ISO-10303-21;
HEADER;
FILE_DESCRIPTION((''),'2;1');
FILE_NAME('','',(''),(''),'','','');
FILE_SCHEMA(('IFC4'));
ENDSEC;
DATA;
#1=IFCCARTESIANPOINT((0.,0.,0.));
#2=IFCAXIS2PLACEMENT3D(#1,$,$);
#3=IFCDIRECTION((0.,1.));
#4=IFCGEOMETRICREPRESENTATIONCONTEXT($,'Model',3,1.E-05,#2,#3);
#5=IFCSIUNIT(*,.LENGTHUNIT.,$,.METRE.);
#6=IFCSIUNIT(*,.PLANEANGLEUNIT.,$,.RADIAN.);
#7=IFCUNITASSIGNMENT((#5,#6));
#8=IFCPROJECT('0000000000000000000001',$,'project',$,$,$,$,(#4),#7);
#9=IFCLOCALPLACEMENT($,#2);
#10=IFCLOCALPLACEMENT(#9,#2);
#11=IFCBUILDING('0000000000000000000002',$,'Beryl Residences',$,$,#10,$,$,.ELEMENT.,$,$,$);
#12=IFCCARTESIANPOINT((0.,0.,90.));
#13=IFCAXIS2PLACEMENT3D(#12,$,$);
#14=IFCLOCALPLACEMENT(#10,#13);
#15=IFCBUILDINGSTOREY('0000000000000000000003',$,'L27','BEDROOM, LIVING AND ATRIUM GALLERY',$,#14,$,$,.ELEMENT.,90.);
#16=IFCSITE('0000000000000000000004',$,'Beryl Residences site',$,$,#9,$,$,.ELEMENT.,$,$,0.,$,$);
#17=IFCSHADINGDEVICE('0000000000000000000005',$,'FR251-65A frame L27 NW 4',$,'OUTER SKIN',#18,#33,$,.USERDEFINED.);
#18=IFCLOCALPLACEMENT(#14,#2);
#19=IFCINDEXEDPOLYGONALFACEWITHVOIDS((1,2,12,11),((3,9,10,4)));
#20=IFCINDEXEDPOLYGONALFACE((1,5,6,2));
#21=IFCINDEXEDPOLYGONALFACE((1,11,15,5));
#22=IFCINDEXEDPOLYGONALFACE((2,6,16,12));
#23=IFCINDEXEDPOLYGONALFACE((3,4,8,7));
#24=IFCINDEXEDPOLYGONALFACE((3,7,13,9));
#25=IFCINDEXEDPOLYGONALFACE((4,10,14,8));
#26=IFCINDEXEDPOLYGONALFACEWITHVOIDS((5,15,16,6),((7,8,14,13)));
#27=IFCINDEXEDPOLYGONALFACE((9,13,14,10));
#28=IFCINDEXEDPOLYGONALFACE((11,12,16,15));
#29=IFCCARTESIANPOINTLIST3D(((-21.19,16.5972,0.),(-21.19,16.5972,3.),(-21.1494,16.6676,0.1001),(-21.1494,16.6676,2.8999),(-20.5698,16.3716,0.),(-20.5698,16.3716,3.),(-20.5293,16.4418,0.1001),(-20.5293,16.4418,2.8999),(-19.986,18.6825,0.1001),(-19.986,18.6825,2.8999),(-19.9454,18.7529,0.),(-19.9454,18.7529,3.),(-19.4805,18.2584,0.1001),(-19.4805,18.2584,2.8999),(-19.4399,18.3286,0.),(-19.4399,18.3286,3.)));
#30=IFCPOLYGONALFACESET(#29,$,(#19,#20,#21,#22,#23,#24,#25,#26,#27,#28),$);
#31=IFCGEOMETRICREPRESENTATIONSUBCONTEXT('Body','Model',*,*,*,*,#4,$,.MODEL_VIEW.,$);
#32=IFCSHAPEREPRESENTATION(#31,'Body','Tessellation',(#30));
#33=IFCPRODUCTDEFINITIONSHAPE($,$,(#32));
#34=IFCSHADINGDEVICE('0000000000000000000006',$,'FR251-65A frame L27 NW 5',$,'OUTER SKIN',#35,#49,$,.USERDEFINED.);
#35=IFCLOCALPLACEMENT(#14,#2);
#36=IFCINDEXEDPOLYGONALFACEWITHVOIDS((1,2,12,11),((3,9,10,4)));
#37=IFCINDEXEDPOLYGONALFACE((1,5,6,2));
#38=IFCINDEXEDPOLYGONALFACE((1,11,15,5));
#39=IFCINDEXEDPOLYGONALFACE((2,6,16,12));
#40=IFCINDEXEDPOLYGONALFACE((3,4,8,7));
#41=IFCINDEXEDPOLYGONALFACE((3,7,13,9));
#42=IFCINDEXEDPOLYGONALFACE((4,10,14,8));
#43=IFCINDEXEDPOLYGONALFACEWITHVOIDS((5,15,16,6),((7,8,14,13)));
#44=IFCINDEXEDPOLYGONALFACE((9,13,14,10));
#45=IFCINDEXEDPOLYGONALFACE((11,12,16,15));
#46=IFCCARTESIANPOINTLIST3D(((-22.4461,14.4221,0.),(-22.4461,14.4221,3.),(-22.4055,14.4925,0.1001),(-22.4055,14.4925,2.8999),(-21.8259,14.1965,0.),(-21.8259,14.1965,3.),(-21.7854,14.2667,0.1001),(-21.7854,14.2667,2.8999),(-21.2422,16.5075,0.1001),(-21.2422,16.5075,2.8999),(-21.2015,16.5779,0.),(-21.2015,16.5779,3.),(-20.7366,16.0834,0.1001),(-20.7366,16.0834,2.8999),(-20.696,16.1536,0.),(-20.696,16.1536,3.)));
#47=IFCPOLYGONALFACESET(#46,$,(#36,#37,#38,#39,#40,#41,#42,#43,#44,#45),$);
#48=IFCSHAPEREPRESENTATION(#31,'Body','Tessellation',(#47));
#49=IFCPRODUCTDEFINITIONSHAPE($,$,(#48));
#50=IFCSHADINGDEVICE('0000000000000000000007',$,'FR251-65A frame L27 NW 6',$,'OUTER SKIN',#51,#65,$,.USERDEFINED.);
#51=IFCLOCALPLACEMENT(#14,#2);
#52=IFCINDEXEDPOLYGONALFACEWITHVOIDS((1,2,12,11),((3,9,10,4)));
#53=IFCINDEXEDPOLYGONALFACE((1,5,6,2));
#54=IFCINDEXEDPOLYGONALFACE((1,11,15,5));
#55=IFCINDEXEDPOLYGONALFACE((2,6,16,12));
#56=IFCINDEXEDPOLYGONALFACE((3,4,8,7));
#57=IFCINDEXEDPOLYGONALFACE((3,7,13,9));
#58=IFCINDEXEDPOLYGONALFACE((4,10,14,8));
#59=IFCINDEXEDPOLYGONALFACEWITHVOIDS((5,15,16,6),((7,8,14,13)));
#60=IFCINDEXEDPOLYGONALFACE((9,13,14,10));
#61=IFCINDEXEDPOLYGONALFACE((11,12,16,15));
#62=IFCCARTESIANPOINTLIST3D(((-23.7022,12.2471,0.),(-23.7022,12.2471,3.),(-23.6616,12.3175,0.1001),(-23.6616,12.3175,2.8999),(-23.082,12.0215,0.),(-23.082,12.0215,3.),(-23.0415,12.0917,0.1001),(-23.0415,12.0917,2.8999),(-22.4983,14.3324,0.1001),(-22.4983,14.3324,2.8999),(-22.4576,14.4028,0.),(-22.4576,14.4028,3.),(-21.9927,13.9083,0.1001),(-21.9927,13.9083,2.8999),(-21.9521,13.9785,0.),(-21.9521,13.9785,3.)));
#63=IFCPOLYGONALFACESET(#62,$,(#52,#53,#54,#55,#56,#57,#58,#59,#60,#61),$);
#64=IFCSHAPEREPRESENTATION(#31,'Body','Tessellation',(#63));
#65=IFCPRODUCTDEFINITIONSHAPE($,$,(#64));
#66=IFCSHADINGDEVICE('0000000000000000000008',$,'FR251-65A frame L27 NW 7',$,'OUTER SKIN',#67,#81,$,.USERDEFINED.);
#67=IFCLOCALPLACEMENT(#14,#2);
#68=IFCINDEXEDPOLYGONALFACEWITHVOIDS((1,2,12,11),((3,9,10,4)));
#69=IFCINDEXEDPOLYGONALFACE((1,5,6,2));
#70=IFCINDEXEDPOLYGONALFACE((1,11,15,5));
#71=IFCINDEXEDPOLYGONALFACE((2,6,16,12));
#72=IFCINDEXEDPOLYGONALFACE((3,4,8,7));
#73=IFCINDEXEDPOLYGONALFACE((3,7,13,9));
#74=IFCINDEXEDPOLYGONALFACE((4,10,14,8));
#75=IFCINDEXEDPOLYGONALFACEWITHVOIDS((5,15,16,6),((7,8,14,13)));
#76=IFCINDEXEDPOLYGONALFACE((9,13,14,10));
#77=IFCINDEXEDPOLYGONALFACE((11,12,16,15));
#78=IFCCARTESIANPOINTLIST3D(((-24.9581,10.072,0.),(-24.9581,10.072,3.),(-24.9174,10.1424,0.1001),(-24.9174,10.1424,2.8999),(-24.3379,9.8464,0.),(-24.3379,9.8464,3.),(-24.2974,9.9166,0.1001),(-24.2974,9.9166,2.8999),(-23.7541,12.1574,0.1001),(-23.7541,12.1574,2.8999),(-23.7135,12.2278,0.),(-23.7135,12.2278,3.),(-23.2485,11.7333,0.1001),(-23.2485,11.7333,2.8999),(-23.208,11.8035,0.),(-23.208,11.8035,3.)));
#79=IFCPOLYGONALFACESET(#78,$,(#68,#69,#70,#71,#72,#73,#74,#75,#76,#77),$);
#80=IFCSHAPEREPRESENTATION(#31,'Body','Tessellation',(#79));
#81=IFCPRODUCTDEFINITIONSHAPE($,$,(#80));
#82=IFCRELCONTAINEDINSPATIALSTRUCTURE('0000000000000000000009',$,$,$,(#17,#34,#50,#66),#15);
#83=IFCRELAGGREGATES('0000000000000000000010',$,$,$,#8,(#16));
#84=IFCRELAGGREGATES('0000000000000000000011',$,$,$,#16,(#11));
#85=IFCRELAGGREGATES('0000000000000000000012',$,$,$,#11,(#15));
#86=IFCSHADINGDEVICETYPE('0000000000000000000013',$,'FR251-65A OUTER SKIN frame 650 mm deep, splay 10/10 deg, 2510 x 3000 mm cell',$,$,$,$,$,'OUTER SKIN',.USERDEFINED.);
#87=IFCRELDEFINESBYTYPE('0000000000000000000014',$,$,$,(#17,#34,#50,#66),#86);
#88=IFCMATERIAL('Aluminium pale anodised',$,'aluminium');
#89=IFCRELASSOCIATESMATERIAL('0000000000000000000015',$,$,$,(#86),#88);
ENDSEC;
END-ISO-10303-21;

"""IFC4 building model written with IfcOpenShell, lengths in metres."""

from ifc_helpers import new_model, entity, si_unit, direction, frame, origin, place, context, subcontext, project, spatial, source, transform, mapped, material, type_object, type_shapes, element, save


model = new_model("IFC4")

# Units and contexts
model_context = context("Model", 3, precision=1e-05, world=origin(), true_north=direction((0.0, 1.0)))
body_context = subcontext(model_context, "Body", "Model", "MODEL_VIEW")
ifc_project = project(units=[si_unit("LENGTHUNIT", "METRE"), si_unit("PLANEANGLEUNIT", "RADIAN")], contexts=[model_context])

# Site, building, storey
site_placement = place(None, origin())
site = spatial("IfcSite", under=ifc_project, at=site_placement, Name="Beryl Residences site", CompositionType="ELEMENT", RefElevation=0.0)
building_placement = place(site_placement, origin())
building = spatial("IfcBuilding", under=site, at=building_placement, Name="Beryl Residences", CompositionType="ELEMENT")
storey_placement = place(building_placement, frame((0.0, 0.0, 90.0)))
storey = spatial("IfcBuildingStorey", under=building, at=storey_placement, Name="L27", Description="BEDROOM, LIVING AND ATRIUM GALLERY", CompositionType="ELEMENT", Elevation=90.0)

# Shading devices
ifc_material_1 = material(Name="Aluminium pale anodised", Category="aluminium")
shading_device_type = type_object("IfcShadingDeviceType", Name="FR251-65A OUTER SKIN frame 650 mm deep, splay 10/10 deg, 2510 x 3000 mm cell", ElementType="OUTER SKIN", PredefinedType="USERDEFINED", material=ifc_material_1)
cartesian_point_1 = entity("IfcCartesianPoint", [-1.1299, 0.0])
cartesian_point_2 = entity("IfcCartesianPoint", [-1.0488, 0.1001])
cartesian_point_3 = entity("IfcCartesianPoint", [-1.2446, 0.0])
cartesian_point_4 = entity("IfcCartesianPoint", [-1.1633, 0.1001])
shared_shape = source(origin(), body_context, "Body", "SweptSolid", [
    entity("IfcExtrudedAreaSolidTapered", entity("IfcArbitraryProfileDefWithVoids", "AREA", None, entity("IfcPolyline", [cartesian_point_1, entity("IfcCartesianPoint", [1.1299, 0.0]), entity("IfcCartesianPoint", [1.1299, 3.0]), entity("IfcCartesianPoint", [-1.1299, 3.0]), cartesian_point_1]), [entity("IfcPolyline", [cartesian_point_2, entity("IfcCartesianPoint", [1.0488, 0.1001]), entity("IfcCartesianPoint", [1.0488, 2.8999]), entity("IfcCartesianPoint", [-1.0488, 2.8999]), cartesian_point_2])]), entity("IfcAxis2Placement3D", entity("IfcCartesianPoint", [0.0, 0.0, 0.0]), entity("IfcDirection", [0.0, 1.0, 0.0]), entity("IfcDirection", [-1.0, 0.0, 0.0])), entity("IfcDirection", [0.0, 0.0, 1.0]), 0.6499, entity("IfcArbitraryProfileDefWithVoids", "AREA", None, entity("IfcPolyline", [cartesian_point_3, entity("IfcCartesianPoint", [1.2446, 0.0]), entity("IfcCartesianPoint", [1.2446, 3.0]), entity("IfcCartesianPoint", [-1.2446, 3.0]), cartesian_point_3]), [entity("IfcPolyline", [cartesian_point_4, entity("IfcCartesianPoint", [1.1633, 0.1001]), entity("IfcCartesianPoint", [1.1633, 2.8999]), entity("IfcCartesianPoint", [-1.1633, 2.8999]), cartesian_point_4])])),
])
type_shapes(shading_device_type, [shared_shape])
for number, where, z_axis, x_axis, name in (
    (1, (-20.0049, 17.3501, 0.0), (0.0, 0.0, 1.0), (0.5, 0.866025, 0.0), "FR251-65A frame L27 NW 4"),
    (2, (-21.261, 15.175, 0.0), (0.0, 0.0, 1.0), (0.5, 0.866025, 0.0), "FR251-65A frame L27 NW 5"),
    (3, (-22.5171, 13.0, 0.0), (0.0, 0.0, 1.0), (0.5, 0.866025, 0.0), "FR251-65A frame L27 NW 6"),
    (4, (-23.7729, 10.825, 0.0), (0.0, 0.0, 1.0), (0.5, 0.866025, 0.0), "FR251-65A frame L27 NW 7"),
):
    element("IfcShadingDevice", number, at=place(storey_placement, frame(where, z_axis=z_axis, x_axis=x_axis)), inside=storey, type_object=shading_device_type, Name=name, ObjectType="OUTER SKIN", PredefinedType="USERDEFINED", context=body_context, shape_type="MappedRepresentation", body=[
        mapped(shared_shape, transform((0.0, 0.0, 0.0))),
    ])

save(model, "model.ifc")
